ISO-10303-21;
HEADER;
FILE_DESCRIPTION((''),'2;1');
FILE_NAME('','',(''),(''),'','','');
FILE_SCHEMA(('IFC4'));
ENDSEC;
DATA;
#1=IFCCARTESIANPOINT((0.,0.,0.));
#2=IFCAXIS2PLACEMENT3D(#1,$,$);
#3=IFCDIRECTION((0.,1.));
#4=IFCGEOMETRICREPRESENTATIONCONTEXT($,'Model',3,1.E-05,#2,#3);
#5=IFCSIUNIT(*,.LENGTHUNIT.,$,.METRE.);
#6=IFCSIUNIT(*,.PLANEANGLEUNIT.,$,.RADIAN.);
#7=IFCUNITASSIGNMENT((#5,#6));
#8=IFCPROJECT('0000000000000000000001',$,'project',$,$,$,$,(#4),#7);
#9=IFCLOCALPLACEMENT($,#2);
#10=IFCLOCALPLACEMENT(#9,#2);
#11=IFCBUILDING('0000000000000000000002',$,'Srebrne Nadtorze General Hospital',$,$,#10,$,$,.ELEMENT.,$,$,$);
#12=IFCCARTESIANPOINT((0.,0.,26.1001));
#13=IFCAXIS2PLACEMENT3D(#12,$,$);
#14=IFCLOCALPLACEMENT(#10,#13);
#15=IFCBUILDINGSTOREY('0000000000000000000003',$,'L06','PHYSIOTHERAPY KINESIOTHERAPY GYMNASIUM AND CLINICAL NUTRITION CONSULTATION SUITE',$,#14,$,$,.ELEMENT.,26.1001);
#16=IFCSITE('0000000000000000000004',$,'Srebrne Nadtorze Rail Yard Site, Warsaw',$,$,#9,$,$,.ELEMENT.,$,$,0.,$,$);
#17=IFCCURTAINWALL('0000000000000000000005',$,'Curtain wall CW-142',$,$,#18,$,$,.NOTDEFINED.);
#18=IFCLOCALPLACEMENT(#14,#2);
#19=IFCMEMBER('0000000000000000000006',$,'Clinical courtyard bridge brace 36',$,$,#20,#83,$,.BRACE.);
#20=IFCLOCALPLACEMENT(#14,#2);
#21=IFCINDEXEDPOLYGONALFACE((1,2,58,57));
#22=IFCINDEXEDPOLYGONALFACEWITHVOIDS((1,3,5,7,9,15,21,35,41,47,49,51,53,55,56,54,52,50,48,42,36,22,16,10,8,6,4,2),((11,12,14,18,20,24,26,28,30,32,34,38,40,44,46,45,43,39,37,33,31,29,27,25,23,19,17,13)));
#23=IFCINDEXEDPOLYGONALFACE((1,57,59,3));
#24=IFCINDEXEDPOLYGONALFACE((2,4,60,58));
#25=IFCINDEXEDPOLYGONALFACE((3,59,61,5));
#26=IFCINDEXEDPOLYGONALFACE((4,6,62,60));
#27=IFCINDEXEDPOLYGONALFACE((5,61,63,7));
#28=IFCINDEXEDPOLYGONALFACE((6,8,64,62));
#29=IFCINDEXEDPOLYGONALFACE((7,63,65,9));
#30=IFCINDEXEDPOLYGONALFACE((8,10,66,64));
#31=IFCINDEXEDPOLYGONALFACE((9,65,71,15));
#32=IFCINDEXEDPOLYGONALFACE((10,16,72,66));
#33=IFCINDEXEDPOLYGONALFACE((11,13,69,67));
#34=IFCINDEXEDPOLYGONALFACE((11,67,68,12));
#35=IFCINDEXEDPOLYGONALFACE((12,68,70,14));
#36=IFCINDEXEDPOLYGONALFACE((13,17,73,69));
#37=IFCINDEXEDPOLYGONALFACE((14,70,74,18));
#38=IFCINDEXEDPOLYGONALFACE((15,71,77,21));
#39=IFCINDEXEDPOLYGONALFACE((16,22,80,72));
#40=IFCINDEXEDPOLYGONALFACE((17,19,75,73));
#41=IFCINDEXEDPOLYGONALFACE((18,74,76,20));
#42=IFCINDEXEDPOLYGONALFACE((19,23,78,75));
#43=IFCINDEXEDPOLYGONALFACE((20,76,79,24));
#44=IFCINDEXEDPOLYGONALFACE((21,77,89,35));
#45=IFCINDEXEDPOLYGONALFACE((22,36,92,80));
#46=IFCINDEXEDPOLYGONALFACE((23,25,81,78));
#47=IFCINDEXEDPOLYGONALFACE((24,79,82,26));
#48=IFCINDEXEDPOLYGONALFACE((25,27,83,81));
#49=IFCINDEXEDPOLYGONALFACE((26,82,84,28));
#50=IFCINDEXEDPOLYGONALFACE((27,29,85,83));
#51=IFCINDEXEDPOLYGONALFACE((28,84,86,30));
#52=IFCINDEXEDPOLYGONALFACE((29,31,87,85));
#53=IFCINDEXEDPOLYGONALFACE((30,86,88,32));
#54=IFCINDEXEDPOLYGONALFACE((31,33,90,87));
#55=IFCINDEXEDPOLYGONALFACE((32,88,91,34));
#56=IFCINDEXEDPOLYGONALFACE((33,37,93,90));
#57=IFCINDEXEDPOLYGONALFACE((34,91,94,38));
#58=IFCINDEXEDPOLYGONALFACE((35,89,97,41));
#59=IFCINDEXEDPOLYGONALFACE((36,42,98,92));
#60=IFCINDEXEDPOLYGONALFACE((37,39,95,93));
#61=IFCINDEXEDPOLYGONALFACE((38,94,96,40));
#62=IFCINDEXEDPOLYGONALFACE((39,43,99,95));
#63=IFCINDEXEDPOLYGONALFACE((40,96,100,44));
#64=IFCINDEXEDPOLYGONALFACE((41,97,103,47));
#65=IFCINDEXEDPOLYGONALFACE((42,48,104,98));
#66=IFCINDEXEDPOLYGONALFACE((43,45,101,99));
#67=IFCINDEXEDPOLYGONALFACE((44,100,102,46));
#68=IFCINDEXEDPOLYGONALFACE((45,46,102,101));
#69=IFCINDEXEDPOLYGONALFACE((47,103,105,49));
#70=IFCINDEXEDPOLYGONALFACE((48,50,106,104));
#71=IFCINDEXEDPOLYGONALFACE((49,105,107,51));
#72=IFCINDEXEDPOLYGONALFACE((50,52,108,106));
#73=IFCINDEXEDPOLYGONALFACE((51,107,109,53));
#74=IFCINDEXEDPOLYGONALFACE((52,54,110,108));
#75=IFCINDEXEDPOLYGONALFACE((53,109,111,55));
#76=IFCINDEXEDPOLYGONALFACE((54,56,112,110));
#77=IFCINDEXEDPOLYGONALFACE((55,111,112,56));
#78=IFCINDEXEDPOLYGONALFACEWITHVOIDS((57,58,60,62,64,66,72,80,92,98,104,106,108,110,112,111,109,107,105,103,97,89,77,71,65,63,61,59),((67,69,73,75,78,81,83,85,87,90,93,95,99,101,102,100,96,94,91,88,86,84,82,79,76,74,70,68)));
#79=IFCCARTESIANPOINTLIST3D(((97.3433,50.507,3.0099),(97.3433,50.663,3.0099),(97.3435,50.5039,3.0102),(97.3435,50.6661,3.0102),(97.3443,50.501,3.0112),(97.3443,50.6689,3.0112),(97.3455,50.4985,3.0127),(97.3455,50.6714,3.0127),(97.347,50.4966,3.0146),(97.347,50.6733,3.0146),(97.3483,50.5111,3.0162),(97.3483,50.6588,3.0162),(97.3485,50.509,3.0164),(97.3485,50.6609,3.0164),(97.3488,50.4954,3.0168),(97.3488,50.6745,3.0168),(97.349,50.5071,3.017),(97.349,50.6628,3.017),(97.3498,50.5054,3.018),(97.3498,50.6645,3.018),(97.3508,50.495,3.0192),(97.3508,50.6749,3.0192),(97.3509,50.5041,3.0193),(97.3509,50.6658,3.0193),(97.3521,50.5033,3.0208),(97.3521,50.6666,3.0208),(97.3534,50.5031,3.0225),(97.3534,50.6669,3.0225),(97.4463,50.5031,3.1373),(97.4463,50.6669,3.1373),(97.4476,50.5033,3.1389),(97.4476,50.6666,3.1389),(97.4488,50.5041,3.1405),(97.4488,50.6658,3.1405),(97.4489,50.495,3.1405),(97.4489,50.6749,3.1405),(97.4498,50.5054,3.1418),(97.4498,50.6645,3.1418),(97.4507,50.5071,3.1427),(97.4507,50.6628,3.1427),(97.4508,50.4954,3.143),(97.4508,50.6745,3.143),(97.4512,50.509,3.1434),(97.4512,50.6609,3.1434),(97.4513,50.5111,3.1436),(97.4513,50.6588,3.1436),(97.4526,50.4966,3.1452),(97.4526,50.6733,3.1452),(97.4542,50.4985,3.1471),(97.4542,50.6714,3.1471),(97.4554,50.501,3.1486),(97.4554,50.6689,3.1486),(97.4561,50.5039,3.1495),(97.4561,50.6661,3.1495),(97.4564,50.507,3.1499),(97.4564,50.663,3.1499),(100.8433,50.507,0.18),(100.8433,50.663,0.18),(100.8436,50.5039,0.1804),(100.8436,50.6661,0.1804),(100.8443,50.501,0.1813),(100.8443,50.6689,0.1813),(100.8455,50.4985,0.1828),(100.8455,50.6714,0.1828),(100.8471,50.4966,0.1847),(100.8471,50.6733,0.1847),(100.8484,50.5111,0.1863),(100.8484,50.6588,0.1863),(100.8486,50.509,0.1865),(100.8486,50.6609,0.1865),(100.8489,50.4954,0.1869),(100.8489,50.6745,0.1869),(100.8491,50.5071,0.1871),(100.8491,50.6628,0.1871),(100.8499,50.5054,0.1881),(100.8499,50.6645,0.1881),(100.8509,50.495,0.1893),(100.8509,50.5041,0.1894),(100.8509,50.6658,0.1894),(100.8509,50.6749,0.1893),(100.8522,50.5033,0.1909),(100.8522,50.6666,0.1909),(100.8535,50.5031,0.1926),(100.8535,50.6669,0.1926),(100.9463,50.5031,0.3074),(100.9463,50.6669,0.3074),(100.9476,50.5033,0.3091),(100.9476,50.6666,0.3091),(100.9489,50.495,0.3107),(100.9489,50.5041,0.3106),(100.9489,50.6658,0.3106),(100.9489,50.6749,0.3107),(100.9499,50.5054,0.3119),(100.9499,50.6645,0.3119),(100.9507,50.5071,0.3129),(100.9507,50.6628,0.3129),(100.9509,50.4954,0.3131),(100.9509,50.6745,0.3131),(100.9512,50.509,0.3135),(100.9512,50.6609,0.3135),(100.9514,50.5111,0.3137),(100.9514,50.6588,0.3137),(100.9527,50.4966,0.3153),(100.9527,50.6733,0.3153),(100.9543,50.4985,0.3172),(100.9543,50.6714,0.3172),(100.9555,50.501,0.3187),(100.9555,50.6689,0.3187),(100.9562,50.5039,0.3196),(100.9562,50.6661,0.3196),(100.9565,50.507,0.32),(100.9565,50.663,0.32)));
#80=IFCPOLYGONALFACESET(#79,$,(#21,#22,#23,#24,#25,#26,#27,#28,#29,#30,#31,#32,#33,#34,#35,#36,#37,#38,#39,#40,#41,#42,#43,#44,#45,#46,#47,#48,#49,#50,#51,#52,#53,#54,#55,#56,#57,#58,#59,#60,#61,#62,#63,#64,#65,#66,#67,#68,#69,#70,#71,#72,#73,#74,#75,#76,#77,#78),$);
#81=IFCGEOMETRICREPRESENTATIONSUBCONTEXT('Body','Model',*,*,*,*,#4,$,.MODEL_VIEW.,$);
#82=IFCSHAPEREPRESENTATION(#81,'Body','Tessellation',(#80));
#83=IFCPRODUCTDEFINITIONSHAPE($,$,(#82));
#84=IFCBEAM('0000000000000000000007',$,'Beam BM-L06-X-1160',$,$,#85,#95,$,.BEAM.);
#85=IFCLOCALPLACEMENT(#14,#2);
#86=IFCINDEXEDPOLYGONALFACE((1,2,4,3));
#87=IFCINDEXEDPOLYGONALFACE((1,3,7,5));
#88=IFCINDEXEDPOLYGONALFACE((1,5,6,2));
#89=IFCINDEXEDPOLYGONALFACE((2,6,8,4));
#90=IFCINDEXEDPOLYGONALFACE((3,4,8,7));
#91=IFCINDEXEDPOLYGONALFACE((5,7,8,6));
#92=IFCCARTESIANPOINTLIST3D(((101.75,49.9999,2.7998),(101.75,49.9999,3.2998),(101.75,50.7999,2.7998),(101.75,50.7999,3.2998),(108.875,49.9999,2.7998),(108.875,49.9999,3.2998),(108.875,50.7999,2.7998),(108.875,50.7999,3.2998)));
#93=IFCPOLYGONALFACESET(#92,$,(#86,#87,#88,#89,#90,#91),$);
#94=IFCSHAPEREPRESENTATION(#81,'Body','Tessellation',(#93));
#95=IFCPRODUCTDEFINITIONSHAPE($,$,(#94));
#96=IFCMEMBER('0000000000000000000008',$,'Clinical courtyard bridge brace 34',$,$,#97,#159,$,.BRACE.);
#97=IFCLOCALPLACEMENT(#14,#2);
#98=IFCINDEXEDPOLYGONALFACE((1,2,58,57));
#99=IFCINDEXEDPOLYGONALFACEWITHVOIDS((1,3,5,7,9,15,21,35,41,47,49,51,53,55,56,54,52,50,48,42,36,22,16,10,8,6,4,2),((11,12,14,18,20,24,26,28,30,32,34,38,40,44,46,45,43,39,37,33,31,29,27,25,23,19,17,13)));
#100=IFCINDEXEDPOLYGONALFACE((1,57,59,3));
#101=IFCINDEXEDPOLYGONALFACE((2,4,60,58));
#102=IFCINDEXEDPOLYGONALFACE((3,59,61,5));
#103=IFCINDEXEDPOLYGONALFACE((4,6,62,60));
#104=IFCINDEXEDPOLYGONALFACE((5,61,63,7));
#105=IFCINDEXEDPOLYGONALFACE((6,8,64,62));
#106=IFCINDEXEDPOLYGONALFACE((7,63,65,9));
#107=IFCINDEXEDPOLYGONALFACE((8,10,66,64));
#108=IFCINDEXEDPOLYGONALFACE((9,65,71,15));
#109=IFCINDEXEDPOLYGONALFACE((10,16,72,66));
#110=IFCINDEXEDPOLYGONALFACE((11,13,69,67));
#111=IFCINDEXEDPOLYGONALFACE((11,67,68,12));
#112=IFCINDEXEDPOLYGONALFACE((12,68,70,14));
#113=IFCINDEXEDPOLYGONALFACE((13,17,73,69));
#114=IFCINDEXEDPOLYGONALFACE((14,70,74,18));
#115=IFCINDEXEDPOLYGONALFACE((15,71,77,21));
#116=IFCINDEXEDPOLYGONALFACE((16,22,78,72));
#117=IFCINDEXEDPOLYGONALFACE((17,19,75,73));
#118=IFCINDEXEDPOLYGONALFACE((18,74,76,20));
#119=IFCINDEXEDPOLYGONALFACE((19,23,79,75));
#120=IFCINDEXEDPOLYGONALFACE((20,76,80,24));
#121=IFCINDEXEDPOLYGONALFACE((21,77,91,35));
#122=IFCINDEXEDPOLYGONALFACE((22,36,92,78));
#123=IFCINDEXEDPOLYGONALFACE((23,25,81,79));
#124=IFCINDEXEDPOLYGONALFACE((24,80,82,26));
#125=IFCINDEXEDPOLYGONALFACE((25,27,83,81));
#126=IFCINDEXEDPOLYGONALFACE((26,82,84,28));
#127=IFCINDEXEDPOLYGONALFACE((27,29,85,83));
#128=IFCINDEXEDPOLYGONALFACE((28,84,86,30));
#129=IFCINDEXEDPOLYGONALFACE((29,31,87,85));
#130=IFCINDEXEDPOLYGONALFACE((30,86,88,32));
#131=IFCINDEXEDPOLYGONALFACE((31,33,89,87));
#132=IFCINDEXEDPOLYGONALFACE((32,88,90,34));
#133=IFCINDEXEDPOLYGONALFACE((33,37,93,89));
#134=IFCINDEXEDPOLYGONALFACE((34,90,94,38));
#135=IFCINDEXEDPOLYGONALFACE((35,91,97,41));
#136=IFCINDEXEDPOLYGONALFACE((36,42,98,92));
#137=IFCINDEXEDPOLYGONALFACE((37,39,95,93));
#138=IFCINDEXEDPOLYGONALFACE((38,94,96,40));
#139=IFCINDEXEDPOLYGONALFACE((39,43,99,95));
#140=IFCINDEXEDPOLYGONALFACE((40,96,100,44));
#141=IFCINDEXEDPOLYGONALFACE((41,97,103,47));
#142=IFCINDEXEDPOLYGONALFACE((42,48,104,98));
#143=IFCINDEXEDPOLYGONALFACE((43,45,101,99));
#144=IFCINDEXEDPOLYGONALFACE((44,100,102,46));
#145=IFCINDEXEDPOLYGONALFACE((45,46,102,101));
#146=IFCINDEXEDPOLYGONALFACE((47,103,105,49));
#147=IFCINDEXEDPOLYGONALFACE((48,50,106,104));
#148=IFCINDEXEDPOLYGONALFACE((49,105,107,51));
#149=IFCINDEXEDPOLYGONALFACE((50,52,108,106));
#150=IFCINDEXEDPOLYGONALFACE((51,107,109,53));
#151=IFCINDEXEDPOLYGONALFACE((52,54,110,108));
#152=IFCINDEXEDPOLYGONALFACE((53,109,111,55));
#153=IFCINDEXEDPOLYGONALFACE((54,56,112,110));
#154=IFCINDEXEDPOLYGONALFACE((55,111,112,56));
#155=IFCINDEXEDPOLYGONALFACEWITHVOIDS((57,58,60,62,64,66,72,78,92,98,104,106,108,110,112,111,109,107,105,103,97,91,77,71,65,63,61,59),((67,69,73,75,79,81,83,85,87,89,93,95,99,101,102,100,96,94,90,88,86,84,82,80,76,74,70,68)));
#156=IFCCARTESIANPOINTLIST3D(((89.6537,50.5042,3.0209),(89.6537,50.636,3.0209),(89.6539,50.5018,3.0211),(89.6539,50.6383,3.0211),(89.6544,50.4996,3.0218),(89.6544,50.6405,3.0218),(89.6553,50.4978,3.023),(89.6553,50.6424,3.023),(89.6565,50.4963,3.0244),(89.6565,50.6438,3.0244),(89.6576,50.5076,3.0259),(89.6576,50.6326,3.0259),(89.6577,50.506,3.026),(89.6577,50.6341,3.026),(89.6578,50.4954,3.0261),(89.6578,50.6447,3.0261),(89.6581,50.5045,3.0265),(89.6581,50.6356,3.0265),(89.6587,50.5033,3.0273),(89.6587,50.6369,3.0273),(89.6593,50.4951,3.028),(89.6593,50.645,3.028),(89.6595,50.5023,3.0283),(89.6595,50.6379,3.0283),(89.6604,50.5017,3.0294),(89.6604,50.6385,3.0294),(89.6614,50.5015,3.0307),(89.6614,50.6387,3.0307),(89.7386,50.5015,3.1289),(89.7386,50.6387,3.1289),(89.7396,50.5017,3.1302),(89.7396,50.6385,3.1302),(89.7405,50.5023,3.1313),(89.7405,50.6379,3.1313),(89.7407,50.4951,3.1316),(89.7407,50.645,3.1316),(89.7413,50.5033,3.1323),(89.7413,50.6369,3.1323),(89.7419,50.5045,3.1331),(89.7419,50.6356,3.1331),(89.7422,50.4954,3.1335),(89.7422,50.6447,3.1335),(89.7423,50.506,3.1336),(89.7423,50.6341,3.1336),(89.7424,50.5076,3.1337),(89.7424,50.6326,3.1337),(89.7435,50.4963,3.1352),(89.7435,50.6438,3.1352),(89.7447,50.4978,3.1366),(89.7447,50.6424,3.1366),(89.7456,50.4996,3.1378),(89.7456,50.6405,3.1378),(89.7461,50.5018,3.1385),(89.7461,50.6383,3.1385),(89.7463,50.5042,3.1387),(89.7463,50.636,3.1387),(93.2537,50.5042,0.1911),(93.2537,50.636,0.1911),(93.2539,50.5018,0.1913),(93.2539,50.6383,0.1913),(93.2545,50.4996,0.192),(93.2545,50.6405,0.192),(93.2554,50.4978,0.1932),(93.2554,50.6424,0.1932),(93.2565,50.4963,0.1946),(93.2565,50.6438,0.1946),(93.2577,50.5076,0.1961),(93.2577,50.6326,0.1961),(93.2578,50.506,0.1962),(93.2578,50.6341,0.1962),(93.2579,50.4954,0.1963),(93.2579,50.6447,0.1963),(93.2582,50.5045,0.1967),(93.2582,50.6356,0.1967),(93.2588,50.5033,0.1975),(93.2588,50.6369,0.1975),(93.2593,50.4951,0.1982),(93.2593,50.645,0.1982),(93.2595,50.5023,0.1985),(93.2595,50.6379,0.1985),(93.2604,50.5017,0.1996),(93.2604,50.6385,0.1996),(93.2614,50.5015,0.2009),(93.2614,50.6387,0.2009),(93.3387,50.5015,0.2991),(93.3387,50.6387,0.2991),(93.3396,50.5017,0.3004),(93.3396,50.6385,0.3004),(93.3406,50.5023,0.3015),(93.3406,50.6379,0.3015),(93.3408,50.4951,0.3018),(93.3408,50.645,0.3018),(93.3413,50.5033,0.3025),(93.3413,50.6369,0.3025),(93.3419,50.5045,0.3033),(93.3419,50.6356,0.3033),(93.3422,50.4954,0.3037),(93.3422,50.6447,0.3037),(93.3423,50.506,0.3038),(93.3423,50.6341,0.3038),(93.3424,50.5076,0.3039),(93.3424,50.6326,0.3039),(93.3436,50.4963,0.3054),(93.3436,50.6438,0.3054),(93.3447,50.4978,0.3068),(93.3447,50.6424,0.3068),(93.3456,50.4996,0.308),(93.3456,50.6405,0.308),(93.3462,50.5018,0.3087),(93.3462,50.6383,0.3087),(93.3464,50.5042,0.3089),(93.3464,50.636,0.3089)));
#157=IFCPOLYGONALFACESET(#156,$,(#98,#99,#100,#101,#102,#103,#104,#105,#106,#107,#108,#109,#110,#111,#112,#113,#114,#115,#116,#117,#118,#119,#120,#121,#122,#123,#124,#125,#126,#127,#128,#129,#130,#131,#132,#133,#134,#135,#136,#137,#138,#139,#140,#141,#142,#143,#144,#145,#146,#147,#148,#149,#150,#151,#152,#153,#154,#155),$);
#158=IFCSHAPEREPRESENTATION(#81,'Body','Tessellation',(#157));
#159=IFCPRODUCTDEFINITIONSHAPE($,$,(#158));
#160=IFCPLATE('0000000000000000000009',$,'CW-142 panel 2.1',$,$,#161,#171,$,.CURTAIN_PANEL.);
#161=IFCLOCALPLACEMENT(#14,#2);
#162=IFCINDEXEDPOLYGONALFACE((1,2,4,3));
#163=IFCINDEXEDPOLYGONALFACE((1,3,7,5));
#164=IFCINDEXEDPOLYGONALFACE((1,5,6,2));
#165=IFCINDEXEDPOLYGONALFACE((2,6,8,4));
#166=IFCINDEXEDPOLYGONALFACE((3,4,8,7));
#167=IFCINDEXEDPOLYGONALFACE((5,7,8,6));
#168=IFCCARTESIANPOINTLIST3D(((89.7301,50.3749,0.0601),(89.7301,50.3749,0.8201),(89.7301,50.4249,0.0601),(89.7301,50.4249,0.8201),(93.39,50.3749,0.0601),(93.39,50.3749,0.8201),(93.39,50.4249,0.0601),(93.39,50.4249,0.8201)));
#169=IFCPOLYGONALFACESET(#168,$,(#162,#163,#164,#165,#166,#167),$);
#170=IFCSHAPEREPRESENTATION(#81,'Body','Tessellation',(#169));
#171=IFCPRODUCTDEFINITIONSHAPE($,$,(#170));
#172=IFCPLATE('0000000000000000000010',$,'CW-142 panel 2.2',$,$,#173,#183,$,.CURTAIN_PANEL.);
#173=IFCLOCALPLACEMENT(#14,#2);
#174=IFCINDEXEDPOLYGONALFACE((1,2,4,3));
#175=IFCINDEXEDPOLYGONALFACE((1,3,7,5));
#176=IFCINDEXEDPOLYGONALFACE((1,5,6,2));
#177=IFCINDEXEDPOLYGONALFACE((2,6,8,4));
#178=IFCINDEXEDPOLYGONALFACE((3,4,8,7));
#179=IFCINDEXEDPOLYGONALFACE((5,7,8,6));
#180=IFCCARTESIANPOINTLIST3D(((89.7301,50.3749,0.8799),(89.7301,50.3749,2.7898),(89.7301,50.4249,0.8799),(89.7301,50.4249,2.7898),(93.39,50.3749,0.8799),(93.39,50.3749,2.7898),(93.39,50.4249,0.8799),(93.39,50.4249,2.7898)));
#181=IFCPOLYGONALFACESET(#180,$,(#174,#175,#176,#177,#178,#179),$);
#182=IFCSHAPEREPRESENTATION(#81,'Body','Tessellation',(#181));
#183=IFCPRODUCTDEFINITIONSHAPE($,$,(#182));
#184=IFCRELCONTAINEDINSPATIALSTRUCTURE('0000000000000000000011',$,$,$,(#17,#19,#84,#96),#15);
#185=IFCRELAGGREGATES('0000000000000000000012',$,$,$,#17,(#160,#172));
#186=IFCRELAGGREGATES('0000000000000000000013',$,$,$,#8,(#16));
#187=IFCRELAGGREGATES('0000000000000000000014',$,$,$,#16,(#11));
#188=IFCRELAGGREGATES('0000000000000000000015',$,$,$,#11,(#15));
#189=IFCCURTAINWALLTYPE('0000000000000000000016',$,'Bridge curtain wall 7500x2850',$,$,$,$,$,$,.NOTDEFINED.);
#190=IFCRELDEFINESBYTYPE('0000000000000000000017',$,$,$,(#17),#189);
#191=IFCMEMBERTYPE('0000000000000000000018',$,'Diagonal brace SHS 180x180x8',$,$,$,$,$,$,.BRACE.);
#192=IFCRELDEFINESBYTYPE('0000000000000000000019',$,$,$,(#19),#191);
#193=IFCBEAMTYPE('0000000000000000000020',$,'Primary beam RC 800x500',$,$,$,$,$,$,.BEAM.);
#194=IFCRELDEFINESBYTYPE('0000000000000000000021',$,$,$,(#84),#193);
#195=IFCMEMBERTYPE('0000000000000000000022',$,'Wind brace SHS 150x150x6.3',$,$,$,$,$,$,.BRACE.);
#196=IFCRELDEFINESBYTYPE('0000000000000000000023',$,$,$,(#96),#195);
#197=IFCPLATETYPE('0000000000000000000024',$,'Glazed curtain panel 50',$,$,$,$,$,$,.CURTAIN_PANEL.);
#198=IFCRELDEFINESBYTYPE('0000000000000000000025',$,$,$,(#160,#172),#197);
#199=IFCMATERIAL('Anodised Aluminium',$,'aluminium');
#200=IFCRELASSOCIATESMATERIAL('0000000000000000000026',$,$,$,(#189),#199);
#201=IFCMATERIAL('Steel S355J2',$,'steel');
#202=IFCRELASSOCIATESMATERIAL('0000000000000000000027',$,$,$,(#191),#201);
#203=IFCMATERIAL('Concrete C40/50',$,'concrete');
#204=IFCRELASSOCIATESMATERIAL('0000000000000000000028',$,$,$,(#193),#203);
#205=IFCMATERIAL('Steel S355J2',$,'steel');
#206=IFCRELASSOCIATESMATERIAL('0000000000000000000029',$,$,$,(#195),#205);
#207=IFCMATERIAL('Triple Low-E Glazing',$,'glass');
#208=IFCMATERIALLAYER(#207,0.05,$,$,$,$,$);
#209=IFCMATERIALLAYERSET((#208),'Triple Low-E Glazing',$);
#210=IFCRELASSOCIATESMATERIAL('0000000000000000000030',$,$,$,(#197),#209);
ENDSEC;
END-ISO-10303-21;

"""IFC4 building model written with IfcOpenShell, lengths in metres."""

from ifc_helpers import new_model, si_unit, direction, frame, origin, origin_2d, place, context, subcontext, project, spatial, rectangle, hollow_rectangle, extrude, material, layer, layer_set, material_profile, profile_set, type_object, element, aggregate, save


model = new_model("IFC4")

# Units and contexts
model_context = context("Model", 3, precision=1e-05, world=origin(), true_north=direction((0.0, 1.0)))
body_context = subcontext(model_context, "Body", "Model", "MODEL_VIEW")
ifc_project = project(units=[si_unit("LENGTHUNIT", "METRE"), si_unit("PLANEANGLEUNIT", "RADIAN")], contexts=[model_context])

# Site, building, storey
site_placement = place(None, origin())
site = spatial("IfcSite", under=ifc_project, at=site_placement, Name="Srebrne Nadtorze Rail Yard Site, Warsaw", CompositionType="ELEMENT", RefElevation=0.0)
building_placement = place(site_placement, origin())
building = spatial("IfcBuilding", under=site, at=building_placement, Name="Srebrne Nadtorze General Hospital", CompositionType="ELEMENT")
storey_placement = place(building_placement, frame((0.0, 0.0, 26.1001)))
storey = spatial("IfcBuildingStorey", under=building, at=storey_placement, Name="L06", Description="PHYSIOTHERAPY KINESIOTHERAPY GYMNASIUM AND CLINICAL NUTRITION CONSULTATION SUITE", CompositionType="ELEMENT", Elevation=26.1001)

# Curtain wall
ifc_material_1 = material(Name="Anodised Aluminium", Category="aluminium")
curtain_wall_type_1 = type_object("IfcCurtainWallType", Name="Bridge curtain wall 7500x2850", PredefinedType="NOTDEFINED", material=ifc_material_1)
curtain_wall_1_placement = place(storey_placement, origin())
curtain_wall_1 = element("IfcCurtainWall", 1, at=curtain_wall_1_placement, inside=storey, type_object=curtain_wall_type_1, Name="Curtain wall CW-142", PredefinedType="NOTDEFINED")

# Member
ifc_material_2 = material(Name="Steel S355J2", Category="steel")
ifc_material_profile_1 = material_profile(ifc_material_2, hollow_rectangle(XDim=0.1799, YDim=0.1799, WallThickness=0.0081, InnerFilletRadius=0.0081, OuterFilletRadius=0.012, at=origin_2d()), Name="SHS-180x180x8")
ifc_profile_set_1 = profile_set([ifc_material_profile_1], Name="Steel S355J2")
member_type_1 = type_object("IfcMemberType", Name="Diagonal brace SHS 180x180x8", PredefinedType="BRACE", material=ifc_profile_set_1)
for number, where, z_axis, x_axis, name in (
    (2, (100.8999, 50.585, 0.25), (-0.777625, 0.0, 0.628728), (0.0, -1.0, 0.0), "Clinical courtyard bridge brace 36"),
):
    element("IfcMember", number, at=place(storey_placement, frame(where, z_axis=z_axis, x_axis=x_axis)), inside=storey, type_object=member_type_1, Name=name, PredefinedType="BRACE", context=body_context, shape_type="SweptSolid", body=[
        extrude(hollow_rectangle(XDim=0.1799, YDim=0.1799, WallThickness=0.0081, InnerFilletRadius=0.0081, OuterFilletRadius=0.012, at=origin_2d()), origin(), (0.0, 0.0, 1.0), 4.501),
    ])

# Beam
ifc_material_3 = material(Name="Concrete C40/50", Category="concrete")
ifc_material_profile_2 = material_profile(ifc_material_3, rectangle(XDim=0.8, YDim=0.5, at=origin_2d()), Name="RC-BM-800x500")
ifc_profile_set_2 = profile_set([ifc_material_profile_2], Name="Concrete C40/50")
beam_type_1 = type_object("IfcBeamType", Name="Primary beam RC 800x500", PredefinedType="BEAM", material=ifc_profile_set_2)
beam_1_placement = place(storey_placement, frame((101.75, 50.3999, 3.0498), z_axis=(1.0, 0.0, 0.0), x_axis=(0.0, 1.0, 0.0)))
element("IfcBeam", 3, at=beam_1_placement, inside=storey, type_object=beam_type_1, Name="Beam BM-L06-X-1160", PredefinedType="BEAM", context=body_context, shape_type="SweptSolid", body=[
    extrude(rectangle(XDim=0.8, YDim=0.5, at=origin_2d()), origin(), (0.0, 0.0, 1.0), 7.125),
])

# Member
ifc_material_4 = material(Name="Steel S355J2", Category="steel")
ifc_material_profile_3 = material_profile(ifc_material_4, hollow_rectangle(XDim=0.1499, YDim=0.1499, WallThickness=0.0063, InnerFilletRadius=0.0061, OuterFilletRadius=0.009, at=origin_2d()), Name="SHS-150x150x6.3")
ifc_profile_set_3 = profile_set([ifc_material_profile_3], Name="Steel S355J2")
member_type_2 = type_object("IfcMemberType", Name="Wind brace SHS 150x150x6.3", PredefinedType="BRACE", material=ifc_profile_set_3)
member_1_placement = place(storey_placement, frame((93.3, 50.5701, 0.25), z_axis=(-0.786193, 0.0, 0.617982), x_axis=(0.0, -1.0, 0.0)))
element("IfcMember", 4, at=member_1_placement, inside=storey, type_object=member_type_2, Name="Clinical courtyard bridge brace 34", PredefinedType="BRACE", context=body_context, shape_type="SweptSolid", body=[
    extrude(hollow_rectangle(XDim=0.1499, YDim=0.1499, WallThickness=0.0063, InnerFilletRadius=0.0061, OuterFilletRadius=0.009, at=origin_2d()), origin(), (0.0, 0.0, 1.0), 4.5791),
])

# Plates
ifc_material_5 = material(Name="Triple Low-E Glazing", Category="glass")
ifc_layer_1 = layer(ifc_material_5, 0.05)
ifc_layer_set_1 = layer_set([ifc_layer_1], Name="Triple Low-E Glazing")
plate_type = type_object("IfcPlateType", Name="Glazed curtain panel 50", PredefinedType="CURTAIN_PANEL", material=ifc_layer_set_1)
plate_1_placement = place(storey_placement, frame((91.5601, 50.3999, 0.0601), z_axis=(0.0, 0.0, 1.0), x_axis=(1.0, 0.0, 0.0)))
plate_1 = element("IfcPlate", 5, at=plate_1_placement, type_object=plate_type, Name="CW-142 panel 2.1", PredefinedType="CURTAIN_PANEL", context=body_context, shape_type="SweptSolid", body=[
    extrude(rectangle(XDim=3.6599, YDim=0.05, at=origin_2d()), origin(), (0.0, 0.0, 1.0), 0.76),
])
plate_2_placement = place(storey_placement, frame((91.5601, 50.3999, 0.8799), z_axis=(0.0, 0.0, 1.0), x_axis=(1.0, 0.0, 0.0)))
plate_2 = element("IfcPlate", 6, at=plate_2_placement, type_object=plate_type, Name="CW-142 panel 2.2", PredefinedType="CURTAIN_PANEL", context=body_context, shape_type="SweptSolid", body=[
    extrude(rectangle(XDim=3.6599, YDim=0.05, at=origin_2d()), origin(), (0.0, 0.0, 1.0), 1.9099),
])
aggregate(curtain_wall_1, [plate_1, plate_2])

save(model, "model.ifc")
